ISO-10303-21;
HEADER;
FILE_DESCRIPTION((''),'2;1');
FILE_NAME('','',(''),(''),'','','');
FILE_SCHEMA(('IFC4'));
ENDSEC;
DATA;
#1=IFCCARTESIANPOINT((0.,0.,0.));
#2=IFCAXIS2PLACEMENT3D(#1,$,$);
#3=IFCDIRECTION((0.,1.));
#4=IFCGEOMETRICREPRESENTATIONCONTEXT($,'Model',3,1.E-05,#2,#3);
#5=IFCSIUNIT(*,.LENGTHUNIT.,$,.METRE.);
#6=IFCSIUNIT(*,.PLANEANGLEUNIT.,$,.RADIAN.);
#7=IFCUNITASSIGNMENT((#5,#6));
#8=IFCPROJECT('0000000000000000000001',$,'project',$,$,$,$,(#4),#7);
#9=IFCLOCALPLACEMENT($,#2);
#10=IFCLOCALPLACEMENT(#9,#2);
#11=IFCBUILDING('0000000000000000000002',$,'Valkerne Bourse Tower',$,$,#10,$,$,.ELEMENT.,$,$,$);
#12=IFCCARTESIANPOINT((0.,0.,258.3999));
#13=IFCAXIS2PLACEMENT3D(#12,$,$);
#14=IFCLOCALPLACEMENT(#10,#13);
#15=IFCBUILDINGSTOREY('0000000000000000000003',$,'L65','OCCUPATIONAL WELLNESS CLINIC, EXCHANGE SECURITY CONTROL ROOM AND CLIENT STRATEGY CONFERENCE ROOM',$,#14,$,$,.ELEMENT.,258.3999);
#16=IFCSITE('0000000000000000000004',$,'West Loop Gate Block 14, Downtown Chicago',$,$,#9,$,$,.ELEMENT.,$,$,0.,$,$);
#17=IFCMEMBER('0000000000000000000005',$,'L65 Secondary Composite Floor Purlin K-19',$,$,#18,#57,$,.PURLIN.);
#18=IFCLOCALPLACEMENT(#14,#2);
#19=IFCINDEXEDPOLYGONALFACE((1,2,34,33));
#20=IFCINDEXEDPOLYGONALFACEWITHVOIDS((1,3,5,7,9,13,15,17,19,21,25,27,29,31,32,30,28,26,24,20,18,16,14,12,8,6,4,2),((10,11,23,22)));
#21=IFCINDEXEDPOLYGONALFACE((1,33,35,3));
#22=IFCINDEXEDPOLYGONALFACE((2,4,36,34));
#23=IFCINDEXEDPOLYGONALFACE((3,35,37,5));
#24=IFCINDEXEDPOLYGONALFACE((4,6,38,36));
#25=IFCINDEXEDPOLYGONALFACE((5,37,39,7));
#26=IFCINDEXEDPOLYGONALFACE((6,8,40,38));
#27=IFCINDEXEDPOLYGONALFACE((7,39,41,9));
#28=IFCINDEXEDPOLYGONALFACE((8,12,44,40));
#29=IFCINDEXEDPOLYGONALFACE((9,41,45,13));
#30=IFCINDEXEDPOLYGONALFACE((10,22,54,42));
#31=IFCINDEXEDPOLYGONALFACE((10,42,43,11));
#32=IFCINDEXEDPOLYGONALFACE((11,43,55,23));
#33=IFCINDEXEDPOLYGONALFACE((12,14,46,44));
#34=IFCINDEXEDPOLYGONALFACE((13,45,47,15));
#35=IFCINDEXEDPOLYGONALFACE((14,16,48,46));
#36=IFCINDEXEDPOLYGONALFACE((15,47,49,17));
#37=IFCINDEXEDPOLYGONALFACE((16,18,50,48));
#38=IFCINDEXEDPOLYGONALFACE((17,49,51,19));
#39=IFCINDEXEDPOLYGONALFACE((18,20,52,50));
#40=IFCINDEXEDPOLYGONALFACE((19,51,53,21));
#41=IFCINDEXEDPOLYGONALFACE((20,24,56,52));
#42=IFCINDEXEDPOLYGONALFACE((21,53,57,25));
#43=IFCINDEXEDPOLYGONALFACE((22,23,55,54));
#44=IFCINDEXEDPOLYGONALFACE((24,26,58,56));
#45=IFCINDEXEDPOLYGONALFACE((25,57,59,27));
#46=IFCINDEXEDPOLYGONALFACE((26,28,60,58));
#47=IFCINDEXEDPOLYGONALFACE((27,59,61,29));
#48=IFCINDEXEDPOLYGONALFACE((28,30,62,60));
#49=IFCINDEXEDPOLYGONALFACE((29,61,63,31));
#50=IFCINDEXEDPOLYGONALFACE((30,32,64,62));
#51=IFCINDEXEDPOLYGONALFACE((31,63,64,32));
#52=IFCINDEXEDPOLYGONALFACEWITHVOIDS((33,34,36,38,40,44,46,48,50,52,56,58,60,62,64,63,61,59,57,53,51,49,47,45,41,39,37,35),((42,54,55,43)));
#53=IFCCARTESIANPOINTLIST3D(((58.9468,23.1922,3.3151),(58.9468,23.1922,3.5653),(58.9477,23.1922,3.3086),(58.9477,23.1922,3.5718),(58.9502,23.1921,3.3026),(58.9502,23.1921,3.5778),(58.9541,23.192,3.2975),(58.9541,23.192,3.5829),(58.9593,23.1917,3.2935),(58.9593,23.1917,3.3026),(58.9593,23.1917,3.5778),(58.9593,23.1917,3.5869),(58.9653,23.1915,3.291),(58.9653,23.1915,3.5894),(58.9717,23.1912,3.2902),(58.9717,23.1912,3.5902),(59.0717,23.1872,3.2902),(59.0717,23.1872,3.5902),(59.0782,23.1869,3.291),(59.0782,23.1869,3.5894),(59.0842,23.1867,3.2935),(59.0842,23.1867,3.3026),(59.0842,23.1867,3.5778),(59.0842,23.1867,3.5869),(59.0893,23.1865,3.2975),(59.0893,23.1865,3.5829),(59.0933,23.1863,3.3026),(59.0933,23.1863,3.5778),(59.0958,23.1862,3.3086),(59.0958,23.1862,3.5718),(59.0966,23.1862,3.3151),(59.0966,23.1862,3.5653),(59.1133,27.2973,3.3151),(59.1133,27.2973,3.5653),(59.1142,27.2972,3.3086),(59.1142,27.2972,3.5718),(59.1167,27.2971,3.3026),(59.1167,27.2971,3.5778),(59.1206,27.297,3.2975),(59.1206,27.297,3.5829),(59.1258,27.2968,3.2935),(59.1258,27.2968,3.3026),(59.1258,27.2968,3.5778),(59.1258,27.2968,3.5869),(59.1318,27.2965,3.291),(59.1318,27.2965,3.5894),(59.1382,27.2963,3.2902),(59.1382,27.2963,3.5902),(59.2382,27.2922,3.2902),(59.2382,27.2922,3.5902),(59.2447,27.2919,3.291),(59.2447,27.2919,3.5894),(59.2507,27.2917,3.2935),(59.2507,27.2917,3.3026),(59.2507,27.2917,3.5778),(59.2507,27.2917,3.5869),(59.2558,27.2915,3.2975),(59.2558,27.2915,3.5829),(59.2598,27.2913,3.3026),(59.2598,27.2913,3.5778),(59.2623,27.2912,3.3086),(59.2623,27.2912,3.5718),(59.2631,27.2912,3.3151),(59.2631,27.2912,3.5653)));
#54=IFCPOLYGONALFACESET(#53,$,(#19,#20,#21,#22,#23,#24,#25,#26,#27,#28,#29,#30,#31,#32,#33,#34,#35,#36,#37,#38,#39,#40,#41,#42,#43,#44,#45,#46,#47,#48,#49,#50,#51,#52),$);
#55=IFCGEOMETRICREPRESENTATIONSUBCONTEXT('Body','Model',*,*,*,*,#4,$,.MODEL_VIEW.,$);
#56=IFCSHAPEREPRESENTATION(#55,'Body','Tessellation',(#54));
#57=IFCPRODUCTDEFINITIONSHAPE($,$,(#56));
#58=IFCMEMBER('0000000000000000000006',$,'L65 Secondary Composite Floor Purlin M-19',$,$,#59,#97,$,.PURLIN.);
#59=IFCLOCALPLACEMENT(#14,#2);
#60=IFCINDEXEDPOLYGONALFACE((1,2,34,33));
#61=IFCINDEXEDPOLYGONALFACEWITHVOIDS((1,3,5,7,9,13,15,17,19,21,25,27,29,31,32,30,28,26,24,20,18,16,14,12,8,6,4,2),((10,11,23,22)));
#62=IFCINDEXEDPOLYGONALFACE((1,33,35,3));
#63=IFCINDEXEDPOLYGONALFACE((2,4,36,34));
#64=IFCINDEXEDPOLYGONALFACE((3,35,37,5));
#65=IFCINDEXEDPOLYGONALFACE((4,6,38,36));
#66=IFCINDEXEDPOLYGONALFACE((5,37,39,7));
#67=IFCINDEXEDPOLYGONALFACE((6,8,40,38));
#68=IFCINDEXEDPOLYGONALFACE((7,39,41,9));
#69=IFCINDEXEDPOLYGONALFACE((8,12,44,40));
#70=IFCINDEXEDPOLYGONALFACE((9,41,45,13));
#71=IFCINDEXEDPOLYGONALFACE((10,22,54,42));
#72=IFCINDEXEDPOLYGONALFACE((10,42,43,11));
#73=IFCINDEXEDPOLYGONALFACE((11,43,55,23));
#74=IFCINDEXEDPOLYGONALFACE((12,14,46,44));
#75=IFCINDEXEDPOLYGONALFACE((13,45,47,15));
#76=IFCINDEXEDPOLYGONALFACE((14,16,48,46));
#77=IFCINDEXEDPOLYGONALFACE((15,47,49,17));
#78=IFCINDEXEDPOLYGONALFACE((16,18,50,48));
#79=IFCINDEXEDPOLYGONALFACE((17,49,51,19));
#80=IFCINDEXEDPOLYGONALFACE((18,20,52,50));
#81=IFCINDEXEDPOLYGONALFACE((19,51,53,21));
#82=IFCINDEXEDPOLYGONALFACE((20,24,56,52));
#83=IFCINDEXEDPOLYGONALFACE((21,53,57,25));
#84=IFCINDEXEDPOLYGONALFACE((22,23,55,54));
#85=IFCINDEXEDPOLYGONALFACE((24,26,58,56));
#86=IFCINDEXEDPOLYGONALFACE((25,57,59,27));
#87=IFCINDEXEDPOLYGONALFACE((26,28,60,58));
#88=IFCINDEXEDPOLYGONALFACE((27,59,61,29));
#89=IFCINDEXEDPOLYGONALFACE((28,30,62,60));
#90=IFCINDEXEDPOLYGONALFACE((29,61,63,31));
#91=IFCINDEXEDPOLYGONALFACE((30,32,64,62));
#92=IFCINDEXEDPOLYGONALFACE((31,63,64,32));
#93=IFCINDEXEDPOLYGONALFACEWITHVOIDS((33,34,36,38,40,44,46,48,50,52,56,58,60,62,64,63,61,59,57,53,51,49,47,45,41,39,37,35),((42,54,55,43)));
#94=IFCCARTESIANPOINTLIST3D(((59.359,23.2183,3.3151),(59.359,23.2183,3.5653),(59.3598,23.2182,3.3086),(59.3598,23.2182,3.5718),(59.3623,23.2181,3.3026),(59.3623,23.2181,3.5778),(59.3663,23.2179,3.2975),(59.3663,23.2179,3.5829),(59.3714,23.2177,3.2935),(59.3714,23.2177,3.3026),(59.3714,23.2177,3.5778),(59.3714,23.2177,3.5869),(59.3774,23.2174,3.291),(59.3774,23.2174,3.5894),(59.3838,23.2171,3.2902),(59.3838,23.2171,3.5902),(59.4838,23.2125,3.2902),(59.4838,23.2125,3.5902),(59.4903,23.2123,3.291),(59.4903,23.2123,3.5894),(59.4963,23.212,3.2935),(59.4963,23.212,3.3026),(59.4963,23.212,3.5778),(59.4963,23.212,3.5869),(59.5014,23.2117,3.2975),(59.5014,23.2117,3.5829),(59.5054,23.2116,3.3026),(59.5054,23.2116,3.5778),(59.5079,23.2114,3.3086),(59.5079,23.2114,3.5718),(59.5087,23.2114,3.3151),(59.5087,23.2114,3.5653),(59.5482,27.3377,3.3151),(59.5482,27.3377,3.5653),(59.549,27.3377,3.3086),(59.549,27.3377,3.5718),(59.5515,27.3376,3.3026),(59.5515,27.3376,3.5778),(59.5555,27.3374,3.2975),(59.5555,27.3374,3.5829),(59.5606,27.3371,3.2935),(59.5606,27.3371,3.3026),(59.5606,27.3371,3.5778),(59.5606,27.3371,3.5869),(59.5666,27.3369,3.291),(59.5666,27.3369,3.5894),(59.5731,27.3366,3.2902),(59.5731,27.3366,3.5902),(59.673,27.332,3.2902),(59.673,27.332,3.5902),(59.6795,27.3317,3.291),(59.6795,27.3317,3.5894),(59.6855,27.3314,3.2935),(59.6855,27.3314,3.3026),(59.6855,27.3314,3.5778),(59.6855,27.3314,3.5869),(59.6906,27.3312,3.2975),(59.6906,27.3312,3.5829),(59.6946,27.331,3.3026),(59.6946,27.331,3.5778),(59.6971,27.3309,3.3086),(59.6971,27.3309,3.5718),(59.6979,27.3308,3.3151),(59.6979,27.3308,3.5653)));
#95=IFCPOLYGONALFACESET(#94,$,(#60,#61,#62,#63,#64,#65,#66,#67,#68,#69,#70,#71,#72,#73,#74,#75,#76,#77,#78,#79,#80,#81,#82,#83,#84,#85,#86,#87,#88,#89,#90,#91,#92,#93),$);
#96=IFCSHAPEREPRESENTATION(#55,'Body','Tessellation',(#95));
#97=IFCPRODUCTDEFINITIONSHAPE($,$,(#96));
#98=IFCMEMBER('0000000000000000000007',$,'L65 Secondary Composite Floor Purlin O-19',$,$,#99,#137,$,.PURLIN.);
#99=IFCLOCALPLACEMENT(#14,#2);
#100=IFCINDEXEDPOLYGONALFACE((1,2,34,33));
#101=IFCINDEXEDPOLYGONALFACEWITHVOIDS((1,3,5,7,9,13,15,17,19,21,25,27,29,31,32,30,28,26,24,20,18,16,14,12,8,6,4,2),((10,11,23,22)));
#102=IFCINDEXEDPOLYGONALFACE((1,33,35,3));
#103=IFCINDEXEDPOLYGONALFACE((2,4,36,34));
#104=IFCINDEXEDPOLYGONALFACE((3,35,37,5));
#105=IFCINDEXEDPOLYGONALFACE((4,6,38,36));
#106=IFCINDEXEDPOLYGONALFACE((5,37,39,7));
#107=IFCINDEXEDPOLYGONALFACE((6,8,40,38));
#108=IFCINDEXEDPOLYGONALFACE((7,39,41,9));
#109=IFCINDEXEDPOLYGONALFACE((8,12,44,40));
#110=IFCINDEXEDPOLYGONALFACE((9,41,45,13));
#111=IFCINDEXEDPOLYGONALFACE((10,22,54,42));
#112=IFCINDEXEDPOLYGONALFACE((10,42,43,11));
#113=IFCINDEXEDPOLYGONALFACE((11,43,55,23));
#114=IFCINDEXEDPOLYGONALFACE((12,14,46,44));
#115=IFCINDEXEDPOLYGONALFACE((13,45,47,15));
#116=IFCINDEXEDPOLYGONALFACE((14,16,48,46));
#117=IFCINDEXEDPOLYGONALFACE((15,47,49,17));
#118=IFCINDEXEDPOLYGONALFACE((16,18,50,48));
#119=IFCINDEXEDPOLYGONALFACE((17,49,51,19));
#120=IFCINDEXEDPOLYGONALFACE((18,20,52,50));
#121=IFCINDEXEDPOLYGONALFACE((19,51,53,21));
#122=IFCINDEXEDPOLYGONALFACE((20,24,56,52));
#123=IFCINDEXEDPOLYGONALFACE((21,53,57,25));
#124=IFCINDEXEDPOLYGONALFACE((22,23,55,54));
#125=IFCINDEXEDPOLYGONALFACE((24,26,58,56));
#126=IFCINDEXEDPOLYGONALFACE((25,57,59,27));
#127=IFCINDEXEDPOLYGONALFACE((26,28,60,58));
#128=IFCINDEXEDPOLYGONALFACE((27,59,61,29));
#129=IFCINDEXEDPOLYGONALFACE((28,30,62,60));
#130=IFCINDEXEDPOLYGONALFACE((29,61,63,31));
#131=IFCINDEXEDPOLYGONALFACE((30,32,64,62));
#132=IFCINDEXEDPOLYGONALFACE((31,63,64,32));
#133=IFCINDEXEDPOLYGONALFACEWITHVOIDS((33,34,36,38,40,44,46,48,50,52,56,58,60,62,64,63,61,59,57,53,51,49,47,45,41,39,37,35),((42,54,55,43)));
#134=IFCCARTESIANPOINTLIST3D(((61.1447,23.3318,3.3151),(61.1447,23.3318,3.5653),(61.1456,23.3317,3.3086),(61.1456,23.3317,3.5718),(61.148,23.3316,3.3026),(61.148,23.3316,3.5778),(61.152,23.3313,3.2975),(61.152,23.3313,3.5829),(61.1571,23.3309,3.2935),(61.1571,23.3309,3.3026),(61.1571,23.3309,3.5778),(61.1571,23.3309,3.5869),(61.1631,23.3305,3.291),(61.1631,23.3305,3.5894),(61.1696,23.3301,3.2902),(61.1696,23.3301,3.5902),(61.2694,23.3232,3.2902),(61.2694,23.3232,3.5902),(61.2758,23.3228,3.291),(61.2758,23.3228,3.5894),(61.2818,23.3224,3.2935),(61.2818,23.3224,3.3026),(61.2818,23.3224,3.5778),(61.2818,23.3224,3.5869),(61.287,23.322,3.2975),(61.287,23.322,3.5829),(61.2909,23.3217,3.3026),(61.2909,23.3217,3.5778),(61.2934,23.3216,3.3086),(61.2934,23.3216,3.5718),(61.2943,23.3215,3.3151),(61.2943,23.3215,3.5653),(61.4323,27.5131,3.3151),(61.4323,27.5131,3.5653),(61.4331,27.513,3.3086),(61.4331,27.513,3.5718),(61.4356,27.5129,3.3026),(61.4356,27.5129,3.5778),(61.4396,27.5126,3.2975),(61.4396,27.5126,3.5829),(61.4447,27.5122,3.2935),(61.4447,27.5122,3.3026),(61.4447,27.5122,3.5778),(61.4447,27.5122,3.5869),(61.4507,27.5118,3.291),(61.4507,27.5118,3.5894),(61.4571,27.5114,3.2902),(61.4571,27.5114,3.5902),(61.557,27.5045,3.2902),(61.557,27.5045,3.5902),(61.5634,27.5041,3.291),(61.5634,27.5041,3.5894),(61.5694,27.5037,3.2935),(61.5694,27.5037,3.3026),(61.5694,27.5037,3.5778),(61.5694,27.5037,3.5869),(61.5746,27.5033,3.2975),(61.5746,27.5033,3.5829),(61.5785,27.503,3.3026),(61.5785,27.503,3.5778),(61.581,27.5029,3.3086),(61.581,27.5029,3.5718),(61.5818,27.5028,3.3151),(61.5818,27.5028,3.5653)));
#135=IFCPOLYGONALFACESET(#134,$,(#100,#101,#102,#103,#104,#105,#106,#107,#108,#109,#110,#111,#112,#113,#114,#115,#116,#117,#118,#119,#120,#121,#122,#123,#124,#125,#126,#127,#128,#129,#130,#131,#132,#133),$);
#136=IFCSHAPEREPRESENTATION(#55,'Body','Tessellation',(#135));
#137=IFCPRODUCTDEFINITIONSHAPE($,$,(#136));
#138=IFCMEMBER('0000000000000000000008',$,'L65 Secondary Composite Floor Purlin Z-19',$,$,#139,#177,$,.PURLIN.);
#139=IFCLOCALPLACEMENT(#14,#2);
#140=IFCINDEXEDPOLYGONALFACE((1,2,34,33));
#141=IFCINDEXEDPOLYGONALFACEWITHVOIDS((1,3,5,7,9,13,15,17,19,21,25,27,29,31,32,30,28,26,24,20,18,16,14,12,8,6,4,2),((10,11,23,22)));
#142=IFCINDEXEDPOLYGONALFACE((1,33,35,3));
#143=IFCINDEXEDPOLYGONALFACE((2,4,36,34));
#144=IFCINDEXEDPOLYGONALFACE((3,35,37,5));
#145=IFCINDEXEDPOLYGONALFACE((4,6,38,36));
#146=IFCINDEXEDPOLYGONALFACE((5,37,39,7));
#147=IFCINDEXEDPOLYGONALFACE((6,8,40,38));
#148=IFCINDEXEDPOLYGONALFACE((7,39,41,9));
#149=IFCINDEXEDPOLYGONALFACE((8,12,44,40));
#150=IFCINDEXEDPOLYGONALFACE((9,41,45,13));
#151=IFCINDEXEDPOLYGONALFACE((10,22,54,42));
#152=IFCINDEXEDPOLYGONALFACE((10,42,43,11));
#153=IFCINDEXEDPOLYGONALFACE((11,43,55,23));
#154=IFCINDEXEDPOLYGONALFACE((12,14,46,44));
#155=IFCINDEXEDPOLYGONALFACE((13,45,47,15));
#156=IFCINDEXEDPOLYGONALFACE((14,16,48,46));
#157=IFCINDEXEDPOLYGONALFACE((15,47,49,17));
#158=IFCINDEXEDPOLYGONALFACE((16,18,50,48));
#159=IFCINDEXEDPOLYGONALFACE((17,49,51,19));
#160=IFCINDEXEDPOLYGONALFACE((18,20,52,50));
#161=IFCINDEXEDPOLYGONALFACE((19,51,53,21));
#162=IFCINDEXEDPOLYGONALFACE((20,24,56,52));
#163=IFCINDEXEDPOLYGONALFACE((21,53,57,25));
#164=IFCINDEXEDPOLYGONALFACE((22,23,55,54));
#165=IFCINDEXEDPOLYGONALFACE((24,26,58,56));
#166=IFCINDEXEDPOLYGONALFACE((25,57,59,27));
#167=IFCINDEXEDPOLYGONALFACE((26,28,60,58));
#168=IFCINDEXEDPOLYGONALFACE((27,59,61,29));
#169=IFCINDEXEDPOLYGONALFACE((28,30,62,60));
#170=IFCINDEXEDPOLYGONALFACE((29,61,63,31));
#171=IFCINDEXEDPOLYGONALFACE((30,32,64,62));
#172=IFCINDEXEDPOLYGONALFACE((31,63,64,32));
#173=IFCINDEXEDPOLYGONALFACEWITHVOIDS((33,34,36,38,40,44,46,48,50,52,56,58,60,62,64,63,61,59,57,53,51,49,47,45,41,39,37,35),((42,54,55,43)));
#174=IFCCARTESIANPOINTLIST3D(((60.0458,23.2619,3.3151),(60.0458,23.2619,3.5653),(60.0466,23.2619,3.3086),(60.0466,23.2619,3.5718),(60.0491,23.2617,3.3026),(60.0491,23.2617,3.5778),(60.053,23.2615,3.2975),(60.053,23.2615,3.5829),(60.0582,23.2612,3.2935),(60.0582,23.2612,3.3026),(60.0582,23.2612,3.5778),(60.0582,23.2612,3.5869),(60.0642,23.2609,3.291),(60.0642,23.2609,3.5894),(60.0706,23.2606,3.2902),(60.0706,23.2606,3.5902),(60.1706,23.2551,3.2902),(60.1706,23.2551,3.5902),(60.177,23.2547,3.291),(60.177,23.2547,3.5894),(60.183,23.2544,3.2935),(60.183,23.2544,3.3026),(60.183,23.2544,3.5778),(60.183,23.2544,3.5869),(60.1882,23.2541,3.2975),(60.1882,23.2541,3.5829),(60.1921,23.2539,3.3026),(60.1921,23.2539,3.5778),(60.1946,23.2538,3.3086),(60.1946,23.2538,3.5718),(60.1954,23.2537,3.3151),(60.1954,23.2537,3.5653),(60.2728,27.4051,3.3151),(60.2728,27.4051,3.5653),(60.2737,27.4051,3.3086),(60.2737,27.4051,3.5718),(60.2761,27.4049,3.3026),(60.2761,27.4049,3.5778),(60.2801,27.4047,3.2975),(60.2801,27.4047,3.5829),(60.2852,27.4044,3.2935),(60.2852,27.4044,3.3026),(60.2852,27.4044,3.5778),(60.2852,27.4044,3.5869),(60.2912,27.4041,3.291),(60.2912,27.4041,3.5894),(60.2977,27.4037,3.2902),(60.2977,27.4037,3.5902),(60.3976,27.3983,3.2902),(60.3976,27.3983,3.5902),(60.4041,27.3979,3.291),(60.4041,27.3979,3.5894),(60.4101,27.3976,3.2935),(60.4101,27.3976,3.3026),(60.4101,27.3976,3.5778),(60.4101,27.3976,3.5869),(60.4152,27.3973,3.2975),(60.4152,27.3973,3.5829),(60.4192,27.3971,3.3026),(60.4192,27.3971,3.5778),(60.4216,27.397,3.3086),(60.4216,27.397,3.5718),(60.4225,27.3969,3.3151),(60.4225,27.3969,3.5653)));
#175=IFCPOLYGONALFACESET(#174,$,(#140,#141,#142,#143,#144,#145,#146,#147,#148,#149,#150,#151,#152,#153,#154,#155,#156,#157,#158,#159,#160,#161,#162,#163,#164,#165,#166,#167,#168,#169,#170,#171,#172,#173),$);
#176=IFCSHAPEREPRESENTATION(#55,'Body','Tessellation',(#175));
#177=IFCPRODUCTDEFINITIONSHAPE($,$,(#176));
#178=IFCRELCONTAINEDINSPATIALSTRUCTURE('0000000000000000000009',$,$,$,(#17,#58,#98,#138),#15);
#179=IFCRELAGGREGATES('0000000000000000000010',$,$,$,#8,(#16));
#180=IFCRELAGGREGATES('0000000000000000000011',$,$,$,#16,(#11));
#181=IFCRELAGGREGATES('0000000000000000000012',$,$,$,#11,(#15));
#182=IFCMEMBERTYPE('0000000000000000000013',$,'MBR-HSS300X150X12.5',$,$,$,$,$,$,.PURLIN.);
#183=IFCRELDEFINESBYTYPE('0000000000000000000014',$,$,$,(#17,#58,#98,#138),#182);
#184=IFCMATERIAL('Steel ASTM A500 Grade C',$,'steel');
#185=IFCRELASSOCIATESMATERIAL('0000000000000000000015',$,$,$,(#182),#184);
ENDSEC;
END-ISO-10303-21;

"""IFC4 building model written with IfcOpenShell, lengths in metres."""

from ifc_helpers import new_model, si_unit, direction, frame, origin, origin_2d, place, context, subcontext, project, spatial, hollow_rectangle, extrude, material, material_profile, profile_set, type_object, element, save


model = new_model("IFC4")

# Units and contexts
model_context = context("Model", 3, precision=1e-05, world=origin(), true_north=direction((0.0, 1.0)))
body_context = subcontext(model_context, "Body", "Model", "MODEL_VIEW")
ifc_project = project(units=[si_unit("LENGTHUNIT", "METRE"), si_unit("PLANEANGLEUNIT", "RADIAN")], contexts=[model_context])

# Site, building, storey
site_placement = place(None, origin())
site = spatial("IfcSite", under=ifc_project, at=site_placement, Name="West Loop Gate Block 14, Downtown Chicago", CompositionType="ELEMENT", RefElevation=0.0)
building_placement = place(site_placement, origin())
building = spatial("IfcBuilding", under=site, at=building_placement, Name="Valkerne Bourse Tower", CompositionType="ELEMENT")
storey_placement = place(building_placement, frame((0.0, 0.0, 258.3999)))
storey = spatial("IfcBuildingStorey", under=building, at=storey_placement, Name="L65", Description="OCCUPATIONAL WELLNESS CLINIC, EXCHANGE SECURITY CONTROL ROOM AND CLIENT STRATEGY CONFERENCE ROOM", CompositionType="ELEMENT", Elevation=258.3999)

# Shared definitions
ifc_material_1 = material(Name="Steel ASTM A500 Grade C", Category="steel")

# Members
ifc_material_profile_1 = material_profile(ifc_material_1, hollow_rectangle(XDim=0.1499, YDim=0.3, WallThickness=0.0125, OuterFilletRadius=0.0249, at=origin_2d()), Name="HSS300X150X12.5")
ifc_profile_set_1 = profile_set([ifc_material_profile_1], Name="Steel ASTM A500 Grade C")
member_type_1 = type_object("IfcMemberType", Name="MBR-HSS300X150X12.5", PredefinedType="PURLIN", material=ifc_profile_set_1)
member_1_placement = place(storey_placement, frame((59.0217, 23.1892, 3.4402), z_axis=(0.040528, 0.999178, 0.0), x_axis=(-0.999178, 0.040528, 0.0)))
element("IfcMember", 1, at=member_1_placement, inside=storey, type_object=member_type_1, Name="L65 Secondary Composite Floor Purlin K-19", PredefinedType="PURLIN", context=body_context, shape_type="SweptSolid", body=[
    extrude(hollow_rectangle(XDim=0.1499, YDim=0.3, WallThickness=0.0125, OuterFilletRadius=0.0249, at=origin_2d()), origin(), (0.0, 0.0, 1.0), 4.1084),
])
member_2_placement = place(storey_placement, frame((59.4338, 23.2148, 3.4402), z_axis=(0.045883, 0.998947, 0.0), x_axis=(-0.998947, 0.045883, 0.0)))
element("IfcMember", 2, at=member_2_placement, inside=storey, type_object=member_type_1, Name="L65 Secondary Composite Floor Purlin M-19", PredefinedType="PURLIN", context=body_context, shape_type="SweptSolid", body=[
    extrude(hollow_rectangle(XDim=0.1499, YDim=0.3, WallThickness=0.0125, OuterFilletRadius=0.0249, at=origin_2d()), origin(), (0.0, 0.0, 1.0), 4.1238),
])
member_3_placement = place(storey_placement, frame((61.2195, 23.3267, 3.4402), z_axis=(0.068618, 0.997643, 0.0), x_axis=(-0.997643, 0.068618, 0.0)))
element("IfcMember", 3, at=member_3_placement, inside=storey, type_object=member_type_1, Name="L65 Secondary Composite Floor Purlin O-19", PredefinedType="PURLIN", context=body_context, shape_type="SweptSolid", body=[
    extrude(hollow_rectangle(XDim=0.1499, YDim=0.3, WallThickness=0.0125, OuterFilletRadius=0.0249, at=origin_2d()), origin(), (0.0, 0.0, 1.0), 4.1912),
])
member_4_placement = place(storey_placement, frame((60.1206, 23.2578, 3.4402), z_axis=(0.054717, 0.998502, 0.0), x_axis=(-0.998502, 0.054717, 0.0)))
element("IfcMember", 4, at=member_4_placement, inside=storey, type_object=member_type_1, Name="L65 Secondary Composite Floor Purlin Z-19", PredefinedType="PURLIN", context=body_context, shape_type="SweptSolid", body=[
    extrude(hollow_rectangle(XDim=0.1499, YDim=0.3, WallThickness=0.0125, OuterFilletRadius=0.0249, at=origin_2d()), origin(), (0.0, 0.0, 1.0), 4.1494),
])

save(model, "model.ifc")
